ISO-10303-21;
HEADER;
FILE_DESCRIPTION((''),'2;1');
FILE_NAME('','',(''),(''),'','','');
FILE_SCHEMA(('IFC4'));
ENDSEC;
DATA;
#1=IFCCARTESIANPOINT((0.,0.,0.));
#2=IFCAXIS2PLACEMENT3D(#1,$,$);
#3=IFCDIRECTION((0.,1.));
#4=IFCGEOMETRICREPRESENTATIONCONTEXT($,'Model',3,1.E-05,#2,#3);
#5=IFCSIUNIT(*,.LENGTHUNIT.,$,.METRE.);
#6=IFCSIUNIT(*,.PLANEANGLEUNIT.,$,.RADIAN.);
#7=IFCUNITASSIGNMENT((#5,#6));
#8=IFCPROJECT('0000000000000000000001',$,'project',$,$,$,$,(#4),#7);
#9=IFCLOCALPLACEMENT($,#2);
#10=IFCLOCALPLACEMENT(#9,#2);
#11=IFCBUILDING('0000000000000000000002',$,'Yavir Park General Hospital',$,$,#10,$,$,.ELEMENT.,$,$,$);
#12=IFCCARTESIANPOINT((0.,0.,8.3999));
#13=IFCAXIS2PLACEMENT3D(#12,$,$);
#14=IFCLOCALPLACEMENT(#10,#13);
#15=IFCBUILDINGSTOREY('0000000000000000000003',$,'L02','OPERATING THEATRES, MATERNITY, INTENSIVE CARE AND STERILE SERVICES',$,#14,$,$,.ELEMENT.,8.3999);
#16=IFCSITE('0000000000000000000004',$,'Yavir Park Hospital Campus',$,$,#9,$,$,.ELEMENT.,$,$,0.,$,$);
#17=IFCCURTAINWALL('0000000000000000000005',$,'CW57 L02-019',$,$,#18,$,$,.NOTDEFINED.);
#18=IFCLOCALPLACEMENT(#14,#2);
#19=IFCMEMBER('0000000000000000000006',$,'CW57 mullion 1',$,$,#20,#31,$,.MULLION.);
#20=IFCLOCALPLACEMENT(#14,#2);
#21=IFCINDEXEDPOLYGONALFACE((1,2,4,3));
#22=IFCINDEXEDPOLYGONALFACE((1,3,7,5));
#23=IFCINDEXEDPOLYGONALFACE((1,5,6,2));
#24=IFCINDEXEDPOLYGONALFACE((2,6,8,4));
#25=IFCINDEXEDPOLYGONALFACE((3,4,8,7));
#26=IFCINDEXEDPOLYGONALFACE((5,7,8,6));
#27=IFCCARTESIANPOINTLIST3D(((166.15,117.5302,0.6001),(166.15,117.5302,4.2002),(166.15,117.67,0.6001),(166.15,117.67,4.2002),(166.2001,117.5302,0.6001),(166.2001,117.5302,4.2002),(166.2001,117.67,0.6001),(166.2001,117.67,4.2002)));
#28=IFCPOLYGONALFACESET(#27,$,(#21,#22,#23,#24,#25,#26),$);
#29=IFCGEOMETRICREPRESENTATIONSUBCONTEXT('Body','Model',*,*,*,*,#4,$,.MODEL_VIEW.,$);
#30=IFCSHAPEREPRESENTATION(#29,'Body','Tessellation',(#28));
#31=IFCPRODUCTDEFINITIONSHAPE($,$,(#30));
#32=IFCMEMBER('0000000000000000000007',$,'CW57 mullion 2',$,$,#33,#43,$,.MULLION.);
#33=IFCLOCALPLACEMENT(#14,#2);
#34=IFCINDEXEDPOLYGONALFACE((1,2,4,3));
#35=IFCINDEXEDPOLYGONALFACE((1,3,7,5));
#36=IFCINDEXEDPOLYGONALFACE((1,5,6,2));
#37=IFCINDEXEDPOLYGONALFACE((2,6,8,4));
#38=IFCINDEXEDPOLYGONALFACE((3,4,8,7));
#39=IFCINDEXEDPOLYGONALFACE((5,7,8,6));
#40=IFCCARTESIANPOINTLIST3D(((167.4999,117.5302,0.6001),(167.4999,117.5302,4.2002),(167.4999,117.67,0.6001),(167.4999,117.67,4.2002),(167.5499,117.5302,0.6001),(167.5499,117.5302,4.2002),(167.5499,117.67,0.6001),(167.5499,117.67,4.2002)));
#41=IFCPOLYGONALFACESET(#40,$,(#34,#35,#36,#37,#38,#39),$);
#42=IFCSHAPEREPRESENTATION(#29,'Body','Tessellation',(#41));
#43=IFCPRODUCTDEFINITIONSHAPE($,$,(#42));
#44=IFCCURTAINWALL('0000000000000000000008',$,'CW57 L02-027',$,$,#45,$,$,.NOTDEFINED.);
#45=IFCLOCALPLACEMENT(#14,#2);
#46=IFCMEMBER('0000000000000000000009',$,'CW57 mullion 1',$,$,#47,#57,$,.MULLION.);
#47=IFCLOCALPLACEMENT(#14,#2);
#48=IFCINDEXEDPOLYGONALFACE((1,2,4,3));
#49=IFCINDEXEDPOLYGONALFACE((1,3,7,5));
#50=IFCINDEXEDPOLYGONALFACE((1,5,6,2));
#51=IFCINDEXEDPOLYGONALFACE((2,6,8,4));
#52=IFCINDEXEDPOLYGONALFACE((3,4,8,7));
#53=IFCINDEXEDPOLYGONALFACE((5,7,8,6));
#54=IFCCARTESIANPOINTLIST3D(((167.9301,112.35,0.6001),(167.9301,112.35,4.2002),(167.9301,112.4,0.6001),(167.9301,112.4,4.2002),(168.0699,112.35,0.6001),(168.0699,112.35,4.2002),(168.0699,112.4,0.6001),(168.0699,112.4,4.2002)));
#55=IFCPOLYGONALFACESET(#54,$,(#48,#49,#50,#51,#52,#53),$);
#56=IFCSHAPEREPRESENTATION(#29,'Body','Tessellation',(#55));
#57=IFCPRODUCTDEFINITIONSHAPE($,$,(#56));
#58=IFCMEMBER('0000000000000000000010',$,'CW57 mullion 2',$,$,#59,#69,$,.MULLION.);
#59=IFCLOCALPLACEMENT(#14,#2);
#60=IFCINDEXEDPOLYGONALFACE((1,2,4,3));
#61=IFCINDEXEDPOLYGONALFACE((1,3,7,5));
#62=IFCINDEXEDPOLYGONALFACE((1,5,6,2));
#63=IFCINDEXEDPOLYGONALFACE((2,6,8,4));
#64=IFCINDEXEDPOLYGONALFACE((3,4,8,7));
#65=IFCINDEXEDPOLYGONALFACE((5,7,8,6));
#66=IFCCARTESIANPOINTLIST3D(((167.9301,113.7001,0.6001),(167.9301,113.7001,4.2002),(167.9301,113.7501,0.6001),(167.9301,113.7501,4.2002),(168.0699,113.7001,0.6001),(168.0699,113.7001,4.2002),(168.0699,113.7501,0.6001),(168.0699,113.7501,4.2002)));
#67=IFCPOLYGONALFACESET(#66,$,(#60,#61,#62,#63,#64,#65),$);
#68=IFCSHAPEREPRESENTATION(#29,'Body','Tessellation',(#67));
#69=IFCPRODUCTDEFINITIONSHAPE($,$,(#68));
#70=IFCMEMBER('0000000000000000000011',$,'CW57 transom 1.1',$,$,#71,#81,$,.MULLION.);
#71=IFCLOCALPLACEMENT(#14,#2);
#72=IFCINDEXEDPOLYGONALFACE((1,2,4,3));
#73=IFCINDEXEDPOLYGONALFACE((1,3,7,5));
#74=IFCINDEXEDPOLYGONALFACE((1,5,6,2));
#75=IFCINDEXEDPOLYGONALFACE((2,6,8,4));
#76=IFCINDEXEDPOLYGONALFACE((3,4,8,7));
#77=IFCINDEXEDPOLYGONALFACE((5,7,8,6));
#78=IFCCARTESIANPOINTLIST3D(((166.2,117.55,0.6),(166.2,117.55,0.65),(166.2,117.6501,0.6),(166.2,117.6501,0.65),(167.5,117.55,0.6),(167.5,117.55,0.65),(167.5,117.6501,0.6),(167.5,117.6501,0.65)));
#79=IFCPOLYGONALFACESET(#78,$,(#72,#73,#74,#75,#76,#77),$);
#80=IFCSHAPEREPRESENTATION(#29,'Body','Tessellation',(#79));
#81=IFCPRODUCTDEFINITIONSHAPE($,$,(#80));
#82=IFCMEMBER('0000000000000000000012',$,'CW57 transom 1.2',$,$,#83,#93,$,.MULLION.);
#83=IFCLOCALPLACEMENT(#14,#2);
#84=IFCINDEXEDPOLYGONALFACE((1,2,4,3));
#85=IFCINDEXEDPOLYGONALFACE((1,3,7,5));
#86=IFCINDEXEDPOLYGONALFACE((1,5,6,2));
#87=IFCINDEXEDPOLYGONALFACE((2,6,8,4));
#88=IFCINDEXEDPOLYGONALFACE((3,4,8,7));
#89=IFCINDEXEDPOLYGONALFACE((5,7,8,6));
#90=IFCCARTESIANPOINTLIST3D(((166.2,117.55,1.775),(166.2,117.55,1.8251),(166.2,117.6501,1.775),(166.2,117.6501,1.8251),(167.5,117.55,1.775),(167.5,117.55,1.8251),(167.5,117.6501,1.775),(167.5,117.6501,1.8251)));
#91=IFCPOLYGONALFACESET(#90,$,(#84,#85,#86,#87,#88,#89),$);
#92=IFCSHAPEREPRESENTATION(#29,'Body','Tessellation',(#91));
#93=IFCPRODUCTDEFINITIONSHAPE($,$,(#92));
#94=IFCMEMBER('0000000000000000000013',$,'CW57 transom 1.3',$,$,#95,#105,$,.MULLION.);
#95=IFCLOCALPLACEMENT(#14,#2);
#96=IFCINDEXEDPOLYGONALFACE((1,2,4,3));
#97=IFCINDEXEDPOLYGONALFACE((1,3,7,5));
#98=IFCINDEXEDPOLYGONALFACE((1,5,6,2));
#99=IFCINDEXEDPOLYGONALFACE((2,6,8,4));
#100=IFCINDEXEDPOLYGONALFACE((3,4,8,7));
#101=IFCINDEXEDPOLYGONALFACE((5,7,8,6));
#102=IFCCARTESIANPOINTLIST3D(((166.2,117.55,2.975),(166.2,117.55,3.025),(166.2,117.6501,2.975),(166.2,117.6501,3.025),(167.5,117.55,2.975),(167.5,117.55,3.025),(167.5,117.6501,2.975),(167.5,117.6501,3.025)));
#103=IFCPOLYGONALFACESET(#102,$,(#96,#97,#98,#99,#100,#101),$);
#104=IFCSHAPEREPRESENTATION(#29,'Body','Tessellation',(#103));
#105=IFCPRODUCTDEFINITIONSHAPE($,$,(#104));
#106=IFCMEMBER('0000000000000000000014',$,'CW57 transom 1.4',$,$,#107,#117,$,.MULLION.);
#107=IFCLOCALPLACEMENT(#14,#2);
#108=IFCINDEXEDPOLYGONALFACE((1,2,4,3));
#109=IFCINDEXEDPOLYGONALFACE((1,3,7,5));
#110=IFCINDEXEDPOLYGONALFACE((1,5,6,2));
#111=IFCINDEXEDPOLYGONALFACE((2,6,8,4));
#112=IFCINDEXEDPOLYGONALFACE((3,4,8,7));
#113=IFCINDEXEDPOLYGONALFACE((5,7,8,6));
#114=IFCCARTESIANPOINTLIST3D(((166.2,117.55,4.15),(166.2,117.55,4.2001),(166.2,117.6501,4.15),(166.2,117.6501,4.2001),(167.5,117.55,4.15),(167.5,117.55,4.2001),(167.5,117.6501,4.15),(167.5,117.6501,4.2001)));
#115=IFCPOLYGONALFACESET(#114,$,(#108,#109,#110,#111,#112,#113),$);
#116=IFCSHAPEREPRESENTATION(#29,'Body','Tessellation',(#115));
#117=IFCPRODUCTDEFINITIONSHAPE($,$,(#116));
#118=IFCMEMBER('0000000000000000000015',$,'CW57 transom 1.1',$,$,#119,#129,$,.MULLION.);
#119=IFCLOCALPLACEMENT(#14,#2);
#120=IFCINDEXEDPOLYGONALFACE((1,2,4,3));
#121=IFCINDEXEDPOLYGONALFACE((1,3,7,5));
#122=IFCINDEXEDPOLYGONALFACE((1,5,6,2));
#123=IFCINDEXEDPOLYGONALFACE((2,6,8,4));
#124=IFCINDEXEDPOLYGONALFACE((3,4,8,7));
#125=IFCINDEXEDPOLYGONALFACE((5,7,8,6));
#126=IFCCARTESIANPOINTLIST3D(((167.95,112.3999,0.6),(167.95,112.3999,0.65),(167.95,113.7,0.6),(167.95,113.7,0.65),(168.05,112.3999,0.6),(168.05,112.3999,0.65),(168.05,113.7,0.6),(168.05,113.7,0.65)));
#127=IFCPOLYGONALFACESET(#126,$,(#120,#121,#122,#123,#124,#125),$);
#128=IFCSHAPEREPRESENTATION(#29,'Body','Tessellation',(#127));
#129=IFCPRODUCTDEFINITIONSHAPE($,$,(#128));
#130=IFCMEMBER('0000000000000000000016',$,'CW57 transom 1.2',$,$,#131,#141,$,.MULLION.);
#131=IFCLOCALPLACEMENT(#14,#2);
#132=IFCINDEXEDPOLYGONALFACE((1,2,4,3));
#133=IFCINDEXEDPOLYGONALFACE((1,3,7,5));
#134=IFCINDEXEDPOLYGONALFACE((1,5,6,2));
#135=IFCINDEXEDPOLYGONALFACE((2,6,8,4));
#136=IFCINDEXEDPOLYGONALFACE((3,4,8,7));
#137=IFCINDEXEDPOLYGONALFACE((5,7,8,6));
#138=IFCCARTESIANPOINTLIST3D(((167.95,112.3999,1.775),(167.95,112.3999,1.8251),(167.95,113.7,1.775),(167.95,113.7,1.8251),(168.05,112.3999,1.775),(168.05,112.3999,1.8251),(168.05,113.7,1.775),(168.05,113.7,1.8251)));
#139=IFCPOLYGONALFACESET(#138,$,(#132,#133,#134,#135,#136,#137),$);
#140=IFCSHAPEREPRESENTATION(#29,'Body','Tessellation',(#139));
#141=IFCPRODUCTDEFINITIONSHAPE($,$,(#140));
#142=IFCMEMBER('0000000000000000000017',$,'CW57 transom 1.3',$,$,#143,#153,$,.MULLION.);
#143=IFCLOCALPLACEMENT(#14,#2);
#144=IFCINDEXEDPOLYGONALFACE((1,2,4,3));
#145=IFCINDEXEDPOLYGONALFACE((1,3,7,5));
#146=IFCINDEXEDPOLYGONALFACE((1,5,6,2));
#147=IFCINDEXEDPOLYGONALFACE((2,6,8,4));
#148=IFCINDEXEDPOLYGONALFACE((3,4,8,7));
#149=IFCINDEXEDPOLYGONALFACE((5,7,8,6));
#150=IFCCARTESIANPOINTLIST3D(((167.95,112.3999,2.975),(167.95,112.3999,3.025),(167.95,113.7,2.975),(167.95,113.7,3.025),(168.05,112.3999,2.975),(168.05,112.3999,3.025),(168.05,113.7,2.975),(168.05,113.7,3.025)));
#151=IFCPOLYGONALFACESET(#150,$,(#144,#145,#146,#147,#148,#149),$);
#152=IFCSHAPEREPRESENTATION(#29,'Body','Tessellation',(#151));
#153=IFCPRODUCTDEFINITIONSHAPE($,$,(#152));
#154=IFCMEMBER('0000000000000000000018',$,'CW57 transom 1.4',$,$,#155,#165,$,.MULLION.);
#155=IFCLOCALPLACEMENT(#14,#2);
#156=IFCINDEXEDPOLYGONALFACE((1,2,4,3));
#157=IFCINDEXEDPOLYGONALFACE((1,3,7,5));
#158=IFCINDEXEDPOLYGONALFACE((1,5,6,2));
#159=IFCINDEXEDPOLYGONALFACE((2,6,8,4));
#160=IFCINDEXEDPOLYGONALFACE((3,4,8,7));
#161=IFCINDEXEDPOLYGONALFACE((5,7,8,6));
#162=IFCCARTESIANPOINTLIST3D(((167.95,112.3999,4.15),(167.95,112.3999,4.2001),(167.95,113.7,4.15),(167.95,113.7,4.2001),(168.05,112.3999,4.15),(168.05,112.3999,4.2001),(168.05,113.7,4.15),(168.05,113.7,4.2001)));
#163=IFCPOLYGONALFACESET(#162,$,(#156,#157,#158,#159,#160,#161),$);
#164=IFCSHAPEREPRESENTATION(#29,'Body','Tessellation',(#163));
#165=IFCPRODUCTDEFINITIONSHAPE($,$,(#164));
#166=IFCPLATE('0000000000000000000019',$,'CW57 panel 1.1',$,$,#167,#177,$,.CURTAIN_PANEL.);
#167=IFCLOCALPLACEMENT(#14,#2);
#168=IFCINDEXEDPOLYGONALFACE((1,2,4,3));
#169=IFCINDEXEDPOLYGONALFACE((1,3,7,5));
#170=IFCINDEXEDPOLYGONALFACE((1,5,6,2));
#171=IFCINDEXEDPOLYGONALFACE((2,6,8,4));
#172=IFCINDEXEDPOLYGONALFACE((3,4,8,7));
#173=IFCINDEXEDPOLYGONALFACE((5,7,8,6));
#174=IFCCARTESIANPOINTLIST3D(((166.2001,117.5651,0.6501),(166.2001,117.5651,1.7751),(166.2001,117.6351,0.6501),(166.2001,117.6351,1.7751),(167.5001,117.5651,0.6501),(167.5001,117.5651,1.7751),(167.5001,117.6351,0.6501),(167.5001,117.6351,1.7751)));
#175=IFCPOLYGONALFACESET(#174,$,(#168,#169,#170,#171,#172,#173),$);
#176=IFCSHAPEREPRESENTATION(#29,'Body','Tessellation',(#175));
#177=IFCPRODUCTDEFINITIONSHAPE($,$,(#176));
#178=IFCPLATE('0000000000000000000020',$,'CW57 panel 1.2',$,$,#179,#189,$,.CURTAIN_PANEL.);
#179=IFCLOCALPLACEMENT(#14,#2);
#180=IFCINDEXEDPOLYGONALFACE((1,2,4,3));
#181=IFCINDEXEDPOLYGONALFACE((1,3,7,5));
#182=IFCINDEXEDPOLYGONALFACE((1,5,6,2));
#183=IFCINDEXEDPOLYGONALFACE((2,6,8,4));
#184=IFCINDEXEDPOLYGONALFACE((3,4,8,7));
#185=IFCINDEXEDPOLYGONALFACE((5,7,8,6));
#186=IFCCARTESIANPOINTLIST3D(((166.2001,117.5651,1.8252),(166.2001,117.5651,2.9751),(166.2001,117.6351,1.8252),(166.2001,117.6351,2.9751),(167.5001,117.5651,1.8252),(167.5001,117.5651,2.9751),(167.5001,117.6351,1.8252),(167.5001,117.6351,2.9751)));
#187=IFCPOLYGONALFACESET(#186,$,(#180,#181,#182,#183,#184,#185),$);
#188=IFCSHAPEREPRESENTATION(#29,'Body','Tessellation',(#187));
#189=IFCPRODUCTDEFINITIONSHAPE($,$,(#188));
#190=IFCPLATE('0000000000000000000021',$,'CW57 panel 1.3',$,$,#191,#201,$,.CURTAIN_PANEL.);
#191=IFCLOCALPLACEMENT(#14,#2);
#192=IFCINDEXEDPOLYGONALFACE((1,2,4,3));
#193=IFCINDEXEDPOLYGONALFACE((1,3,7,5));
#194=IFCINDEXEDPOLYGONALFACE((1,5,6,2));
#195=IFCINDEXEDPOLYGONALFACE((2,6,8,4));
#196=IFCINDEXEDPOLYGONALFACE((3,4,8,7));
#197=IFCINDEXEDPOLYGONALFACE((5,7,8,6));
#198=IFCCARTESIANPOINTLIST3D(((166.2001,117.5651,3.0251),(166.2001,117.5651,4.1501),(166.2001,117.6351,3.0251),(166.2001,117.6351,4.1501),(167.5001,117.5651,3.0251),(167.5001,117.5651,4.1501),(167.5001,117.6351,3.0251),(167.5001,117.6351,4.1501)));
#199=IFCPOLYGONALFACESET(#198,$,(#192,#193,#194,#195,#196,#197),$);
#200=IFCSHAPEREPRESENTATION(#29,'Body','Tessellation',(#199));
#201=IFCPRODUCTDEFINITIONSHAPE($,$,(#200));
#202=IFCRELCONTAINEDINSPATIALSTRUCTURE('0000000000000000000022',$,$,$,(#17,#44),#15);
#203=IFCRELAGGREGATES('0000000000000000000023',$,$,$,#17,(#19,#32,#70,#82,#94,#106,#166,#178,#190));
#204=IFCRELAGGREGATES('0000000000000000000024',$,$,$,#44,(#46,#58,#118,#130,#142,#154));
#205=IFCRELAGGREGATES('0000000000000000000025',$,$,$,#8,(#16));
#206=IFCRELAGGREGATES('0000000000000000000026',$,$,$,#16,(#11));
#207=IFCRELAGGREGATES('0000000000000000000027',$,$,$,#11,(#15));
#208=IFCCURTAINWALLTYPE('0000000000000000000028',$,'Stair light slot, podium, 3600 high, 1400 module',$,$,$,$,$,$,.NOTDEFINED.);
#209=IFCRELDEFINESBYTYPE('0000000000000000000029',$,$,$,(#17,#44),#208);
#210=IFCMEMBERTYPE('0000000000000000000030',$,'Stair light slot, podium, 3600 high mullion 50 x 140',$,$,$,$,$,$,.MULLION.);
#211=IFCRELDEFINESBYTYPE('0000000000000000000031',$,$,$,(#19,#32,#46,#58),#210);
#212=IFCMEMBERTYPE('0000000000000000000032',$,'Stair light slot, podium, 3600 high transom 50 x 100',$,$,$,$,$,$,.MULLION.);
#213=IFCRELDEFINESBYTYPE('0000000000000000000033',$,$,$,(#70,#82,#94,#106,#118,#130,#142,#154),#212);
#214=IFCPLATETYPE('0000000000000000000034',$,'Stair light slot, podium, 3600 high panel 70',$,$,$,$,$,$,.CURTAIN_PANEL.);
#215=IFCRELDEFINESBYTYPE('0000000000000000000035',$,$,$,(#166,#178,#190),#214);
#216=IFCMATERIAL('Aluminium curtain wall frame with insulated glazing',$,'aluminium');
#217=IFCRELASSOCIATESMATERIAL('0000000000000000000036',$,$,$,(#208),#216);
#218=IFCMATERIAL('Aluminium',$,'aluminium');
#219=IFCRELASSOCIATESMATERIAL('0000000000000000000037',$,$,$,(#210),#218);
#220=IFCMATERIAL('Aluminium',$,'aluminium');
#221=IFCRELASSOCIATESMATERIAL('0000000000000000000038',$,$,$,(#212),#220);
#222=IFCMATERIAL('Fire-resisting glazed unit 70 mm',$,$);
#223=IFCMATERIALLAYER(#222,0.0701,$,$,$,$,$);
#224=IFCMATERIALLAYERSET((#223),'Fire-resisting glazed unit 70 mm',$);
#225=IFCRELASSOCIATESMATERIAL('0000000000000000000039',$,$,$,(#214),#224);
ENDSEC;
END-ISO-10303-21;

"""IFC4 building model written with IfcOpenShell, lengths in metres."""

from ifc_helpers import new_model, si_unit, direction, frame, origin, origin_2d, place, context, subcontext, project, spatial, rectangle, extrude, material, layer, layer_set, material_profile, profile_set, type_object, element, aggregate, save


model = new_model("IFC4")

# Units and contexts
model_context = context("Model", 3, precision=1e-05, world=origin(), true_north=direction((0.0, 1.0)))
body_context = subcontext(model_context, "Body", "Model", "MODEL_VIEW")
ifc_project = project(units=[si_unit("LENGTHUNIT", "METRE"), si_unit("PLANEANGLEUNIT", "RADIAN")], contexts=[model_context])

# Site, building, storey
site_placement = place(None, origin())
site = spatial("IfcSite", under=ifc_project, at=site_placement, Name="Yavir Park Hospital Campus", CompositionType="ELEMENT", RefElevation=0.0)
building_placement = place(site_placement, origin())
building = spatial("IfcBuilding", under=site, at=building_placement, Name="Yavir Park General Hospital", CompositionType="ELEMENT")
storey_placement = place(building_placement, frame((0.0, 0.0, 8.3999)))
storey = spatial("IfcBuildingStorey", under=building, at=storey_placement, Name="L02", Description="OPERATING THEATRES, MATERNITY, INTENSIVE CARE AND STERILE SERVICES", CompositionType="ELEMENT", Elevation=8.3999)

# Curtain walls, members
ifc_material_1 = material(Name="Aluminium curtain wall frame with insulated glazing", Category="aluminium")
curtain_wall_type = type_object("IfcCurtainWallType", Name="Stair light slot, podium, 3600 high, 1400 module", PredefinedType="NOTDEFINED", material=ifc_material_1)
curtain_wall_1_placement = place(storey_placement, origin())
curtain_wall_1 = element("IfcCurtainWall", 1, at=curtain_wall_1_placement, inside=storey, type_object=curtain_wall_type, Name="CW57 L02-019", PredefinedType="NOTDEFINED")
ifc_material_2 = material(Name="Aluminium", Category="aluminium")
ifc_material_profile_1 = material_profile(ifc_material_2, rectangle(XDim=0.1399, YDim=0.05, at=origin_2d()), Name="AL 50x140")
ifc_profile_set_1 = profile_set([ifc_material_profile_1], Name="Aluminium")
member_type_1 = type_object("IfcMemberType", Name="Stair light slot, podium, 3600 high mullion 50 x 140", PredefinedType="MULLION", material=ifc_profile_set_1)
member_1_placement = place(storey_placement, frame((166.175, 117.6001, 0.6001), z_axis=(0.0, 0.0, 1.0), x_axis=(0.0, 1.0, 0.0)))
member_1 = element("IfcMember", 2, at=member_1_placement, type_object=member_type_1, Name="CW57 mullion 1", PredefinedType="MULLION", context=body_context, shape_type="SweptSolid", body=[
    extrude(rectangle(XDim=0.1399, YDim=0.05, at=origin_2d()), origin(), (0.0, 0.0, 1.0), 3.6001),
])
member_2_placement = place(storey_placement, frame((167.5249, 117.6001, 0.6001), z_axis=(0.0, 0.0, 1.0), x_axis=(0.0, 1.0, 0.0)))
member_2 = element("IfcMember", 3, at=member_2_placement, type_object=member_type_1, Name="CW57 mullion 2", PredefinedType="MULLION", context=body_context, shape_type="SweptSolid", body=[
    extrude(rectangle(XDim=0.1399, YDim=0.05, at=origin_2d()), origin(), (0.0, 0.0, 1.0), 3.6001),
])
curtain_wall_2_placement = place(storey_placement, origin())
curtain_wall_2 = element("IfcCurtainWall", 4, at=curtain_wall_2_placement, inside=storey, type_object=curtain_wall_type, Name="CW57 L02-027", PredefinedType="NOTDEFINED")
member_3_placement = place(storey_placement, frame((168.0, 112.375, 0.6001), z_axis=(0.0, 0.0, 1.0), x_axis=(-1.0, 0.0, 0.0)))
member_3 = element("IfcMember", 5, at=member_3_placement, type_object=member_type_1, Name="CW57 mullion 1", PredefinedType="MULLION", context=body_context, shape_type="SweptSolid", body=[
    extrude(rectangle(XDim=0.1399, YDim=0.05, at=origin_2d()), origin(), (0.0, 0.0, 1.0), 3.6001),
])
member_4_placement = place(storey_placement, frame((168.0, 113.7251, 0.6001), z_axis=(0.0, 0.0, 1.0), x_axis=(-1.0, 0.0, 0.0)))
member_4 = element("IfcMember", 6, at=member_4_placement, type_object=member_type_1, Name="CW57 mullion 2", PredefinedType="MULLION", context=body_context, shape_type="SweptSolid", body=[
    extrude(rectangle(XDim=0.1399, YDim=0.05, at=origin_2d()), origin(), (0.0, 0.0, 1.0), 3.6001),
])

# Members
ifc_material_3 = material(Name="Aluminium", Category="aluminium")
ifc_material_profile_2 = material_profile(ifc_material_3, rectangle(XDim=0.1001, YDim=0.05, at=origin_2d()), Name="AL 100x50")
ifc_profile_set_2 = profile_set([ifc_material_profile_2], Name="Aluminium")
member_type_2 = type_object("IfcMemberType", Name="Stair light slot, podium, 3600 high transom 50 x 100", PredefinedType="MULLION", material=ifc_profile_set_2)
member_5_placement = place(storey_placement, frame((166.2, 117.6001, 0.625), z_axis=(1.0, 0.0, 0.0), x_axis=(0.0, 1.0, 0.0)))
member_5 = element("IfcMember", 7, at=member_5_placement, type_object=member_type_2, Name="CW57 transom 1.1", PredefinedType="MULLION", context=body_context, shape_type="SweptSolid", body=[
    extrude(rectangle(XDim=0.1001, YDim=0.05, at=origin_2d()), origin(), (0.0, 0.0, 1.0), 1.3),
])
member_6_placement = place(storey_placement, frame((166.2, 117.6001, 1.8), z_axis=(1.0, 0.0, 0.0), x_axis=(0.0, 1.0, 0.0)))
member_6 = element("IfcMember", 8, at=member_6_placement, type_object=member_type_2, Name="CW57 transom 1.2", PredefinedType="MULLION", context=body_context, shape_type="SweptSolid", body=[
    extrude(rectangle(XDim=0.1001, YDim=0.05, at=origin_2d()), origin(), (0.0, 0.0, 1.0), 1.3),
])
member_7_placement = place(storey_placement, frame((166.2, 117.6001, 3.0), z_axis=(1.0, 0.0, 0.0), x_axis=(0.0, 1.0, 0.0)))
member_7 = element("IfcMember", 9, at=member_7_placement, type_object=member_type_2, Name="CW57 transom 1.3", PredefinedType="MULLION", context=body_context, shape_type="SweptSolid", body=[
    extrude(rectangle(XDim=0.1001, YDim=0.05, at=origin_2d()), origin(), (0.0, 0.0, 1.0), 1.3),
])
member_8_placement = place(storey_placement, frame((166.2, 117.6001, 4.175), z_axis=(1.0, 0.0, 0.0), x_axis=(0.0, 1.0, 0.0)))
member_8 = element("IfcMember", 10, at=member_8_placement, type_object=member_type_2, Name="CW57 transom 1.4", PredefinedType="MULLION", context=body_context, shape_type="SweptSolid", body=[
    extrude(rectangle(XDim=0.1001, YDim=0.05, at=origin_2d()), origin(), (0.0, 0.0, 1.0), 1.3),
])
member_9_placement = place(storey_placement, frame((168.0, 112.3999, 0.625), z_axis=(0.0, 1.0, 0.0), x_axis=(-1.0, 0.0, 0.0)))
member_9 = element("IfcMember", 11, at=member_9_placement, type_object=member_type_2, Name="CW57 transom 1.1", PredefinedType="MULLION", context=body_context, shape_type="SweptSolid", body=[
    extrude(rectangle(XDim=0.1001, YDim=0.05, at=origin_2d()), origin(), (0.0, 0.0, 1.0), 1.3),
])
member_10_placement = place(storey_placement, frame((168.0, 112.3999, 1.8), z_axis=(0.0, 1.0, 0.0), x_axis=(-1.0, 0.0, 0.0)))
member_10 = element("IfcMember", 12, at=member_10_placement, type_object=member_type_2, Name="CW57 transom 1.2", PredefinedType="MULLION", context=body_context, shape_type="SweptSolid", body=[
    extrude(rectangle(XDim=0.1001, YDim=0.05, at=origin_2d()), origin(), (0.0, 0.0, 1.0), 1.3),
])
member_11_placement = place(storey_placement, frame((168.0, 112.3999, 3.0), z_axis=(0.0, 1.0, 0.0), x_axis=(-1.0, 0.0, 0.0)))
member_11 = element("IfcMember", 13, at=member_11_placement, type_object=member_type_2, Name="CW57 transom 1.3", PredefinedType="MULLION", context=body_context, shape_type="SweptSolid", body=[
    extrude(rectangle(XDim=0.1001, YDim=0.05, at=origin_2d()), origin(), (0.0, 0.0, 1.0), 1.3),
])
member_12_placement = place(storey_placement, frame((168.0, 112.3999, 4.175), z_axis=(0.0, 1.0, 0.0), x_axis=(-1.0, 0.0, 0.0)))
member_12 = element("IfcMember", 14, at=member_12_placement, type_object=member_type_2, Name="CW57 transom 1.4", PredefinedType="MULLION", context=body_context, shape_type="SweptSolid", body=[
    extrude(rectangle(XDim=0.1001, YDim=0.05, at=origin_2d()), origin(), (0.0, 0.0, 1.0), 1.3),
])

# Plates
ifc_material_4 = material(Name="Fire-resisting glazed unit 70 mm")
ifc_layer_1 = layer(ifc_material_4, 0.0701)
ifc_layer_set_1 = layer_set([ifc_layer_1], Name="Fire-resisting glazed unit 70 mm")
plate_type = type_object("IfcPlateType", Name="Stair light slot, podium, 3600 high panel 70", PredefinedType="CURTAIN_PANEL", material=ifc_layer_set_1)
plate_1_placement = place(storey_placement, frame((166.8501, 117.6001, 0.6501), z_axis=(0.0, 0.0, 1.0), x_axis=(1.0, 0.0, 0.0)))
plate_1 = element("IfcPlate", 15, at=plate_1_placement, type_object=plate_type, Name="CW57 panel 1.1", PredefinedType="CURTAIN_PANEL", context=body_context, shape_type="SweptSolid", body=[
    extrude(rectangle(XDim=1.3, YDim=0.0701, at=origin_2d()), origin(), (0.0, 0.0, 1.0), 1.125),
])
plate_2_placement = place(storey_placement, frame((166.8501, 117.6001, 1.8252), z_axis=(0.0, 0.0, 1.0), x_axis=(1.0, 0.0, 0.0)))
plate_2 = element("IfcPlate", 16, at=plate_2_placement, type_object=plate_type, Name="CW57 panel 1.2", PredefinedType="CURTAIN_PANEL", context=body_context, shape_type="SweptSolid", body=[
    extrude(rectangle(XDim=1.3, YDim=0.0701, at=origin_2d()), origin(), (0.0, 0.0, 1.0), 1.1499),
])
plate_3_placement = place(storey_placement, frame((166.8501, 117.6001, 3.0251), z_axis=(0.0, 0.0, 1.0), x_axis=(1.0, 0.0, 0.0)))
plate_3 = element("IfcPlate", 17, at=plate_3_placement, type_object=plate_type, Name="CW57 panel 1.3", PredefinedType="CURTAIN_PANEL", context=body_context, shape_type="SweptSolid", body=[
    extrude(rectangle(XDim=1.3, YDim=0.0701, at=origin_2d()), origin(), (0.0, 0.0, 1.0), 1.125),
])
aggregate(curtain_wall_1, [member_1, member_2, member_5, member_6, member_7, member_8, plate_1, plate_2, plate_3])
aggregate(curtain_wall_2, [member_3, member_4, member_9, member_10, member_11, member_12])

save(model, "model.ifc")
